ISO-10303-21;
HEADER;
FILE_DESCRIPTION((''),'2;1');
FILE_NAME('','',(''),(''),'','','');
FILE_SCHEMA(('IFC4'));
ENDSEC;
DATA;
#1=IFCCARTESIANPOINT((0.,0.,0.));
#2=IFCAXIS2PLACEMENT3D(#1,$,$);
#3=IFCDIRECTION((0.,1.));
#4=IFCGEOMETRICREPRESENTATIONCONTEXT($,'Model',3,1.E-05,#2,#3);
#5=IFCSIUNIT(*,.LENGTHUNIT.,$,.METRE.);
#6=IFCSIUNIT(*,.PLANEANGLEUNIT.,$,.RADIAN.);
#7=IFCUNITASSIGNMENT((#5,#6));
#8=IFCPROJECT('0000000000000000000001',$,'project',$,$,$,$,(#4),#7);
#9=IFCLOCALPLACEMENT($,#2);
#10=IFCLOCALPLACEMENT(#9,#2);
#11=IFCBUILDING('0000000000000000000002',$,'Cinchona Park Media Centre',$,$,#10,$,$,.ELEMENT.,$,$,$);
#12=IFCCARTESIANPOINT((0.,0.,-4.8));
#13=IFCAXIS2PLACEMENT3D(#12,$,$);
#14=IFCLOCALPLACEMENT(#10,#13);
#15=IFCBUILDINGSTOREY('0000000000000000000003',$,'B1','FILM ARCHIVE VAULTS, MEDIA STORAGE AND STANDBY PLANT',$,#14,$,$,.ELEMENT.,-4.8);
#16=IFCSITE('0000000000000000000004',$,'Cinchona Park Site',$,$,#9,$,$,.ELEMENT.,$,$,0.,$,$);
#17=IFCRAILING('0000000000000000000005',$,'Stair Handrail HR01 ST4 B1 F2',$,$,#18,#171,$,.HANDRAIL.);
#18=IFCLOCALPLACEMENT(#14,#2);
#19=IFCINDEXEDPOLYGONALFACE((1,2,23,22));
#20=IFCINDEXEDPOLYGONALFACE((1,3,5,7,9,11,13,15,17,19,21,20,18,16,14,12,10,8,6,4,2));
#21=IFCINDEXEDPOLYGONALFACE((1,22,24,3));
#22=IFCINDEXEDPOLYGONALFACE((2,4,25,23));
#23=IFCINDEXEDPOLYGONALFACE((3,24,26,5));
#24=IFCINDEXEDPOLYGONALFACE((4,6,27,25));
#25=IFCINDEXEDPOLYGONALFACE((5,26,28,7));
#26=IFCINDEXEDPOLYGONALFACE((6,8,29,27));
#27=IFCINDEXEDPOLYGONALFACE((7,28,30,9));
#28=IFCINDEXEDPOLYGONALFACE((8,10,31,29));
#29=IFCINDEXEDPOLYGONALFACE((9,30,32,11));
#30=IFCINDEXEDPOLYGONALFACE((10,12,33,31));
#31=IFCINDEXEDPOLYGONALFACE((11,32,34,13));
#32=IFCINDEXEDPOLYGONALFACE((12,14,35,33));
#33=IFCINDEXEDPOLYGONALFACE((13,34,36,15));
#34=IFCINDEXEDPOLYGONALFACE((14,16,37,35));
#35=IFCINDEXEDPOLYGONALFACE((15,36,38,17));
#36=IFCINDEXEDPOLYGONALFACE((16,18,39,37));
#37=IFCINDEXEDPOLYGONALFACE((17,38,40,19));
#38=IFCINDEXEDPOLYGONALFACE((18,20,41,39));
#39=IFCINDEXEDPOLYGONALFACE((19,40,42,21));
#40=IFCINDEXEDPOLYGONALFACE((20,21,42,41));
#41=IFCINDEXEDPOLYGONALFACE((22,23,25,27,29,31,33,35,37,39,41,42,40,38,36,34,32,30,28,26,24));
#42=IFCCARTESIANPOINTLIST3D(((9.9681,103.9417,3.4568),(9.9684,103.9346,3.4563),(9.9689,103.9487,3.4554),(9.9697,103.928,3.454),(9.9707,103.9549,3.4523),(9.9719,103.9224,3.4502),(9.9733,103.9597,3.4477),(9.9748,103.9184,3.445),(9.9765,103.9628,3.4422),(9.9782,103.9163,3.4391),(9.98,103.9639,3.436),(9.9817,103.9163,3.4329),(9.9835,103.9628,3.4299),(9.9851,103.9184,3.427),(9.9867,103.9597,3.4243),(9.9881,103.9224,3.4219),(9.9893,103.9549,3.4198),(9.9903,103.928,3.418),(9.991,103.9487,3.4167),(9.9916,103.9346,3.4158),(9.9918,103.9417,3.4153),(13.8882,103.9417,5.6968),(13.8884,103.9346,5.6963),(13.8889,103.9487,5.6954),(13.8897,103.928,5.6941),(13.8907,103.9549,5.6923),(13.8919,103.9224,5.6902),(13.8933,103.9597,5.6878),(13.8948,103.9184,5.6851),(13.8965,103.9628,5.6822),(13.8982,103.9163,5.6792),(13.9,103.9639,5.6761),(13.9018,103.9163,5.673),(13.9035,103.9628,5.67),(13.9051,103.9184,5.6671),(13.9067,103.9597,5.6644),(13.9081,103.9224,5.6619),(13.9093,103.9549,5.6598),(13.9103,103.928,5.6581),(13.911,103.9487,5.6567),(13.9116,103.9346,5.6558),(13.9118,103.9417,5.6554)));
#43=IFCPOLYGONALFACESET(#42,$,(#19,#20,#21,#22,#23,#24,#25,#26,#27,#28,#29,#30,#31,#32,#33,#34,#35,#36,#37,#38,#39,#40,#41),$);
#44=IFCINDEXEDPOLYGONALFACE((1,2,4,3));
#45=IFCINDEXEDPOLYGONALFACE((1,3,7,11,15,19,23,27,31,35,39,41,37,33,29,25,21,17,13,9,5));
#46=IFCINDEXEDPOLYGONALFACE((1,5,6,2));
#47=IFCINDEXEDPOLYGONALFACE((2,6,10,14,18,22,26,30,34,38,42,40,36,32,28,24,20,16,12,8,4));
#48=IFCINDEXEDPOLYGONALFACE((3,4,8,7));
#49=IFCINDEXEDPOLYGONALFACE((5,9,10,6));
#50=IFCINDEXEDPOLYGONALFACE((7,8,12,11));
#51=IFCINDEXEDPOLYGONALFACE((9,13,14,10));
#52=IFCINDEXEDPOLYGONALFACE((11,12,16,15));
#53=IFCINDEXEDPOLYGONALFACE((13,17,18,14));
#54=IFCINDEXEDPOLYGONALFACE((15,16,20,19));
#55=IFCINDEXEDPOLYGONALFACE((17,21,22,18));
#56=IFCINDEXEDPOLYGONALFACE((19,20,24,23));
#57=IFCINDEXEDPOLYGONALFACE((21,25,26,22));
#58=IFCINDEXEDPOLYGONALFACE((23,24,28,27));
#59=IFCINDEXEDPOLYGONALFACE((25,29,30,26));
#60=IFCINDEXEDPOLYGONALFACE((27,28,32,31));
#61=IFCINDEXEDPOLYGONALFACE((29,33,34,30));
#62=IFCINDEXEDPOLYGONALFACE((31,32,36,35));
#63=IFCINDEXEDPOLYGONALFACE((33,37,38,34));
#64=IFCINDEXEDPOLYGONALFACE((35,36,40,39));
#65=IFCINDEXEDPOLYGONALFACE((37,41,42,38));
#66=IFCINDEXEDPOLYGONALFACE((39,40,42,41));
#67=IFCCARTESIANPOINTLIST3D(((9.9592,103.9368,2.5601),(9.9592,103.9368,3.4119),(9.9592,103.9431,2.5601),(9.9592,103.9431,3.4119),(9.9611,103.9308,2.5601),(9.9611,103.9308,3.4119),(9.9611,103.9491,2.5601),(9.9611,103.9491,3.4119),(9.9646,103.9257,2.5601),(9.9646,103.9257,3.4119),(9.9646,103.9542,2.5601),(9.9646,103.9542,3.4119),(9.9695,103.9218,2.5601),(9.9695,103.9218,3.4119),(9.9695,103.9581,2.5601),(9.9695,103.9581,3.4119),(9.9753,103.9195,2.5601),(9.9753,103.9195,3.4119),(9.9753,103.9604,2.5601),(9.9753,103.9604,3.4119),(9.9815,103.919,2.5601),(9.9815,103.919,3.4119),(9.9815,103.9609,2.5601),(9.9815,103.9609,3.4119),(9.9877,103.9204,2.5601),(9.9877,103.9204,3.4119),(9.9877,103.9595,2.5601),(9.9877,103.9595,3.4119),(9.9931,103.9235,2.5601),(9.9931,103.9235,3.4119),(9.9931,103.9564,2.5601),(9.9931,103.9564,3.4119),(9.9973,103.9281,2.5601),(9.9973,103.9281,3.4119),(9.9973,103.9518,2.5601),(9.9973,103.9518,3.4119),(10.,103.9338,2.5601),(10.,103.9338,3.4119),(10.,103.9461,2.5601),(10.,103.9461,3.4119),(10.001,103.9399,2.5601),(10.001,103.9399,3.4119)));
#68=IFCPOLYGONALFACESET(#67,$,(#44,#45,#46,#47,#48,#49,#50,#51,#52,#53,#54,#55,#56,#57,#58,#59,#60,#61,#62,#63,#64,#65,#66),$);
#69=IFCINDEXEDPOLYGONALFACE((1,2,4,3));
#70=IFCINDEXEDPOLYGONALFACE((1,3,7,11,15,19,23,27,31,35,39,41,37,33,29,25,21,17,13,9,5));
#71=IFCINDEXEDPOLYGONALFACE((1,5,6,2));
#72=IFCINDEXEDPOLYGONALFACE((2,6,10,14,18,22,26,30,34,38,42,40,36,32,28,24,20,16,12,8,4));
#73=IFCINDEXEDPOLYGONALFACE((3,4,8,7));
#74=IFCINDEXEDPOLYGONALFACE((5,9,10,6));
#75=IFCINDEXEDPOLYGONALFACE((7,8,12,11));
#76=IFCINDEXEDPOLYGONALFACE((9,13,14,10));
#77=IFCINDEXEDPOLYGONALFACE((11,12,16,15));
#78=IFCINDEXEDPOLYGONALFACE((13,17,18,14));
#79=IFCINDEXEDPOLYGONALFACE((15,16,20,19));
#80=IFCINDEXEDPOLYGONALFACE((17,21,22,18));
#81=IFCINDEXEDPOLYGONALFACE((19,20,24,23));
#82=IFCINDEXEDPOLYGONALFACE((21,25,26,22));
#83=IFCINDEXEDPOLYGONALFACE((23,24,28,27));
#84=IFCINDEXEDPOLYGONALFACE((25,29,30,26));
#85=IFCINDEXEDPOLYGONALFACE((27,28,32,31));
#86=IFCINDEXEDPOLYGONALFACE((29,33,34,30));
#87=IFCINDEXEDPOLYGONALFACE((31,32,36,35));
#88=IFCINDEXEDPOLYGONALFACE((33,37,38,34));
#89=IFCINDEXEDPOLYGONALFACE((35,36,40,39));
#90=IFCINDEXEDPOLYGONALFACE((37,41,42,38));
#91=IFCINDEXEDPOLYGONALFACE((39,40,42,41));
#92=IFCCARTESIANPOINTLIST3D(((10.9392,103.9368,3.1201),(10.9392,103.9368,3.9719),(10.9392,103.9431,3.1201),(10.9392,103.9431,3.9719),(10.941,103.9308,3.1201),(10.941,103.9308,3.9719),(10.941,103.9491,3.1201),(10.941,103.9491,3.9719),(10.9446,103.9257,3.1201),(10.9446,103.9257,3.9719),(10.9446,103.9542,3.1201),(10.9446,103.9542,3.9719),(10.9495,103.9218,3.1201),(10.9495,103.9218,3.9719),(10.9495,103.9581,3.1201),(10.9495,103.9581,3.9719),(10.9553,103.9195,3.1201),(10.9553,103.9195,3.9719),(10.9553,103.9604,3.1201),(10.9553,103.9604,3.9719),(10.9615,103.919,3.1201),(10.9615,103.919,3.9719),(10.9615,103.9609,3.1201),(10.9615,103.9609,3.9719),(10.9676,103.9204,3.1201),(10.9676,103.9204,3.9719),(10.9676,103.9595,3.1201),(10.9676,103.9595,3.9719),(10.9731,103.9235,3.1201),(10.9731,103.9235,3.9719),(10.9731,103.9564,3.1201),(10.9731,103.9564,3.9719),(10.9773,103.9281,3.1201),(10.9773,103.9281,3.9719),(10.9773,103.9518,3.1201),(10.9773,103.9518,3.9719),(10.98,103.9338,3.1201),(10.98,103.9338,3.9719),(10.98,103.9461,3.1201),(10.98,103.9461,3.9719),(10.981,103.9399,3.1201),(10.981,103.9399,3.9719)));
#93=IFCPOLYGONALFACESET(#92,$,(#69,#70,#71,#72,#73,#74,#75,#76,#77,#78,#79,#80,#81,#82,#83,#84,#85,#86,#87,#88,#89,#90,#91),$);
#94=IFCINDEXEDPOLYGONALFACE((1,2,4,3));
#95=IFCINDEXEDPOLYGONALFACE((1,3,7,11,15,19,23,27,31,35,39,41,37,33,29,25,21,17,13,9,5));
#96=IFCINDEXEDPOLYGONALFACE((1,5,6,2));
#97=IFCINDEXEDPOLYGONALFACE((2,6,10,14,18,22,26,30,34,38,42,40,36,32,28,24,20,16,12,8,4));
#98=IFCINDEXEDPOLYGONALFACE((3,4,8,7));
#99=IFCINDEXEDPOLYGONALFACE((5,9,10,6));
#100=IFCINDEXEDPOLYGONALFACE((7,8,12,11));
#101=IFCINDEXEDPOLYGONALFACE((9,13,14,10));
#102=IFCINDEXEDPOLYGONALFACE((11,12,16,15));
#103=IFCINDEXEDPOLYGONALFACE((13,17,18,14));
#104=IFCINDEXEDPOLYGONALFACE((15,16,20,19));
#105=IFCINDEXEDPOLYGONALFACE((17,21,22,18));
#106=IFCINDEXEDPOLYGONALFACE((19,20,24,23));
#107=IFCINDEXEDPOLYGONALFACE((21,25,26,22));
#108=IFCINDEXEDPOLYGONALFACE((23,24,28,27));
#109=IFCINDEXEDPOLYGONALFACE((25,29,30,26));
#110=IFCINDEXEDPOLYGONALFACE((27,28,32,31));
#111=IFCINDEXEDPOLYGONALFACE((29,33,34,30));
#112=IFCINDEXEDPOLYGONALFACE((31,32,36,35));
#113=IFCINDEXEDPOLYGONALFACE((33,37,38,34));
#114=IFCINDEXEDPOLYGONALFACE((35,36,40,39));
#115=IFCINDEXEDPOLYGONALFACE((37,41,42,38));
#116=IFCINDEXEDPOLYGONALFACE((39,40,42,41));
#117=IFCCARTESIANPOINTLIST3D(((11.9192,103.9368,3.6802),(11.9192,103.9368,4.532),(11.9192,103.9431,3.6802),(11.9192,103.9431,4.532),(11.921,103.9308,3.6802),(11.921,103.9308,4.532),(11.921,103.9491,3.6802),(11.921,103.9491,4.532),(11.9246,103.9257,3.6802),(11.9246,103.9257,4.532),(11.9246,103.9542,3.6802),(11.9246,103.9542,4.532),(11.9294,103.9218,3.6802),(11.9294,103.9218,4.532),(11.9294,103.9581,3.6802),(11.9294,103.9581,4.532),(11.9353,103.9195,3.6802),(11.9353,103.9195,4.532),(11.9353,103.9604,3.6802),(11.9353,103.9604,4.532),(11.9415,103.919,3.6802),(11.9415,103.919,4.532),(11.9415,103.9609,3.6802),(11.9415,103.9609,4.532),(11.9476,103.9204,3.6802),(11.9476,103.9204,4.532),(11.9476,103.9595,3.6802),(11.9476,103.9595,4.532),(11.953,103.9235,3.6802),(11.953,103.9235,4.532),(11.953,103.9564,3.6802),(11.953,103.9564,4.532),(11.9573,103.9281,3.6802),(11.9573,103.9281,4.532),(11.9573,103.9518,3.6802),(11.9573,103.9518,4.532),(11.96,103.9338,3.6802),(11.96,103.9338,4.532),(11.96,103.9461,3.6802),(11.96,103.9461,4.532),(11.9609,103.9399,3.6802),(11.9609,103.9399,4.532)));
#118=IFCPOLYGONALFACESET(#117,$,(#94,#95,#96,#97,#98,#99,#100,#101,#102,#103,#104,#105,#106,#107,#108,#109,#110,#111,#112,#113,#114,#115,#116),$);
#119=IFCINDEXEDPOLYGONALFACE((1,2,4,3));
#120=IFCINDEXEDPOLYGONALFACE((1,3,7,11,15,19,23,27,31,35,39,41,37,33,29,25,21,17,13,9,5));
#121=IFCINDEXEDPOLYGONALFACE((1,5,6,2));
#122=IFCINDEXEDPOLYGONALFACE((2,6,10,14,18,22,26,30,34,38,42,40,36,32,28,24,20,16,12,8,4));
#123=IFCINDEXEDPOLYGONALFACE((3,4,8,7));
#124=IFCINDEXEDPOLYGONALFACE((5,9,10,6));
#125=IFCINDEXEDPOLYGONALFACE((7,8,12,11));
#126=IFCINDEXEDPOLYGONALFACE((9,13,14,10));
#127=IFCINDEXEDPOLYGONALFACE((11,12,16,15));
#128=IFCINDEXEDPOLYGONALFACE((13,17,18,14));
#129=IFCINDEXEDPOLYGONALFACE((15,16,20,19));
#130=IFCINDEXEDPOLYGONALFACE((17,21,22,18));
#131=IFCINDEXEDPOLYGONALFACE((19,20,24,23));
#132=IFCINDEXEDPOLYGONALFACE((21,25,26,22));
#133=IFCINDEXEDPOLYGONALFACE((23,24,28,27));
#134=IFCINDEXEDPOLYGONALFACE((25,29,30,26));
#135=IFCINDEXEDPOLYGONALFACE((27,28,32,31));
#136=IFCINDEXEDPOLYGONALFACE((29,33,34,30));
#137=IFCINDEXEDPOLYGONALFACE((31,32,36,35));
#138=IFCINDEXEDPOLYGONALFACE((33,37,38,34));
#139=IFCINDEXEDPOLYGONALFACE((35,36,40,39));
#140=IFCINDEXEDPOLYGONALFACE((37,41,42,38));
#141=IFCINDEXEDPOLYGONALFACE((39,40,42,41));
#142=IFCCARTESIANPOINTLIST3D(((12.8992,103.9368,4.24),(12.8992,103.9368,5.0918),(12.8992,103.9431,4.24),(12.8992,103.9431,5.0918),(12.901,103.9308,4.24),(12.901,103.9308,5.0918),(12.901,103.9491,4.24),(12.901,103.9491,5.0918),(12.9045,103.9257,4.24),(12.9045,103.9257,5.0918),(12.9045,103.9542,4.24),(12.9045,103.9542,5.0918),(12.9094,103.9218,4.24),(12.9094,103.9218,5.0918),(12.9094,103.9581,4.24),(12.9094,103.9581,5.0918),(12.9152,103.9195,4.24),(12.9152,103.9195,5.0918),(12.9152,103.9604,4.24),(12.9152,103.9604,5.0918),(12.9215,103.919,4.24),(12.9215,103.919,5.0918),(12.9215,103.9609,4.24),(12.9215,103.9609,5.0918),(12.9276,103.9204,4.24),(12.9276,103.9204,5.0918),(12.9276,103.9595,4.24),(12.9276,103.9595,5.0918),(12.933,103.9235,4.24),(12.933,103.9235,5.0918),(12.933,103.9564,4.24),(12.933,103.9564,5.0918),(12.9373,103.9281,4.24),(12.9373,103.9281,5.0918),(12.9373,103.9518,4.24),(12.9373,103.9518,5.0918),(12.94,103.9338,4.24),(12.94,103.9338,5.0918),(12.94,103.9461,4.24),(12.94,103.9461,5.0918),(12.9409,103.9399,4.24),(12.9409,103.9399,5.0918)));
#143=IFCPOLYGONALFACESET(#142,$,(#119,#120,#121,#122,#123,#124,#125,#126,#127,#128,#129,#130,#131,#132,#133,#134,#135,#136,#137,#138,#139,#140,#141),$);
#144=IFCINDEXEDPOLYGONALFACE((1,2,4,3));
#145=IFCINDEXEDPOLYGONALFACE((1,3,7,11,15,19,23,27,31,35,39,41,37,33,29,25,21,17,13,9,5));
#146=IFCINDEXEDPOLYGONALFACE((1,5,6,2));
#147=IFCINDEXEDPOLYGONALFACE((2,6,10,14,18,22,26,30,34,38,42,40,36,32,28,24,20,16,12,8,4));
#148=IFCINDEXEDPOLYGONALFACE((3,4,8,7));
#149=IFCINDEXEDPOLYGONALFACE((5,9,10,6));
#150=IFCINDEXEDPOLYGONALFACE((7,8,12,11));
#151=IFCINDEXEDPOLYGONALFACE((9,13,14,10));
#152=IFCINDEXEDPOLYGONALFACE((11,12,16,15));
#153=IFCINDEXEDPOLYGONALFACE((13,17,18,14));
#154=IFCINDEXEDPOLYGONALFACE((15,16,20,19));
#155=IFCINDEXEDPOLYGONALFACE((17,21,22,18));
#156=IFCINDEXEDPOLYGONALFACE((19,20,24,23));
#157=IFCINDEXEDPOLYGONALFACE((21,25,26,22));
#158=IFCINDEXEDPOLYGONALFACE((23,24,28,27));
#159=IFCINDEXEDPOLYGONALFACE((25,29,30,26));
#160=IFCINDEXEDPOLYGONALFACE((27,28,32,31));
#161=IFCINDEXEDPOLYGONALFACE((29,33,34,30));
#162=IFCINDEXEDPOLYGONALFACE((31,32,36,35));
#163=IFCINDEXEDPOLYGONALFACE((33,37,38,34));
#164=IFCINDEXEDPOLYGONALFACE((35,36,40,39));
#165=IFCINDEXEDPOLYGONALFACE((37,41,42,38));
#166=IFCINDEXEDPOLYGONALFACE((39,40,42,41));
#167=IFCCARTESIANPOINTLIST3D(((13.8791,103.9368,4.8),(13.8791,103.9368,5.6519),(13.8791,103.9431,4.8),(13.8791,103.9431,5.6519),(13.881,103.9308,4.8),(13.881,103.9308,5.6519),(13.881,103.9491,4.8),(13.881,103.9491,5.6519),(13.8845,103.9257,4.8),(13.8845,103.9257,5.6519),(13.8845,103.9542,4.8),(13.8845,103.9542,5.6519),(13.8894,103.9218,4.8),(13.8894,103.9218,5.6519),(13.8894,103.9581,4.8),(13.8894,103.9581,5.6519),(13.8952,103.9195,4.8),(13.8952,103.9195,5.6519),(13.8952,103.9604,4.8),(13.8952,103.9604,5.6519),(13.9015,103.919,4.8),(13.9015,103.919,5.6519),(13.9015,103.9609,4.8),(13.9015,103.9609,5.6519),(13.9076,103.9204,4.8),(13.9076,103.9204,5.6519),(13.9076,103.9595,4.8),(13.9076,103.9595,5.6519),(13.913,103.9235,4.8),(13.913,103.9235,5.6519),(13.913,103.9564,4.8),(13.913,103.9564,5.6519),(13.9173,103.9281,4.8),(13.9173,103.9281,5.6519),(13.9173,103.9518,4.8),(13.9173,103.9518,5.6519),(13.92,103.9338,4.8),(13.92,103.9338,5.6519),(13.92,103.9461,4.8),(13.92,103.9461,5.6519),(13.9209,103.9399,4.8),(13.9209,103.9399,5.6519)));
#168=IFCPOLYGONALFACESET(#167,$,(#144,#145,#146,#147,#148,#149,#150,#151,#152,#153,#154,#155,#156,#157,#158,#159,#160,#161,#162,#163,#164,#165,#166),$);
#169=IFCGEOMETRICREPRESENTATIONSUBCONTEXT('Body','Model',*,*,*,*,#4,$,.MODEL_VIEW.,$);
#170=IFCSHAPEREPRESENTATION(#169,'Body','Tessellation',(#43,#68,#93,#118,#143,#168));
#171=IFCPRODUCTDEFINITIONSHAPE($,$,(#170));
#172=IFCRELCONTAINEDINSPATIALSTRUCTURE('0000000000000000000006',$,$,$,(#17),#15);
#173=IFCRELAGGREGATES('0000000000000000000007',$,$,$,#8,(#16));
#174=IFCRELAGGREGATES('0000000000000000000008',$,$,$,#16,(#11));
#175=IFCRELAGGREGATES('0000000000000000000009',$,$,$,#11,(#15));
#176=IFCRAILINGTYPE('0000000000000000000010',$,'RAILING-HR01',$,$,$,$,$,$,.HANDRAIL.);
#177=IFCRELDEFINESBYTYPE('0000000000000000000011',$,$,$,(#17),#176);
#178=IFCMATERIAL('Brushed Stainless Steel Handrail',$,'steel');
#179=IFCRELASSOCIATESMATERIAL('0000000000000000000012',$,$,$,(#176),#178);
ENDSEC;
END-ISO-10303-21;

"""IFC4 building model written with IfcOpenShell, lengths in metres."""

from ifc_helpers import new_model, si_unit, direction, frame, origin, origin_2d, place, context, subcontext, project, spatial, circle, extrude, material, type_object, element, save


model = new_model("IFC4")

# Units and contexts
model_context = context("Model", 3, precision=1e-05, world=origin(), true_north=direction((0.0, 1.0)))
body_context = subcontext(model_context, "Body", "Model", "MODEL_VIEW")
ifc_project = project(units=[si_unit("LENGTHUNIT", "METRE"), si_unit("PLANEANGLEUNIT", "RADIAN")], contexts=[model_context])

# Site, building, storey
site_placement = place(None, origin())
site = spatial("IfcSite", under=ifc_project, at=site_placement, Name="Cinchona Park Site", CompositionType="ELEMENT", RefElevation=0.0)
building_placement = place(site_placement, origin())
building = spatial("IfcBuilding", under=site, at=building_placement, Name="Cinchona Park Media Centre", CompositionType="ELEMENT")
storey_placement = place(building_placement, frame((0.0, 0.0, -4.8)))
storey = spatial("IfcBuildingStorey", under=building, at=storey_placement, Name="B1", Description="FILM ARCHIVE VAULTS, MEDIA STORAGE AND STANDBY PLANT", CompositionType="ELEMENT", Elevation=-4.8)

# Railing
ifc_material_1 = material(Name="Brushed Stainless Steel Handrail", Category="steel")
railing_type_1 = type_object("IfcRailingType", Name="RAILING-HR01", PredefinedType="HANDRAIL", material=ifc_material_1)
railing_1_placement = place(storey_placement, frame((9.98, 103.9399, 2.5601)))
element("IfcRailing", 1, at=railing_1_placement, inside=storey, type_object=railing_type_1, Name="Stair Handrail HR01 ST4 B1 F2", PredefinedType="HANDRAIL", context=body_context, shape_type="SweptSolid", body=[
    extrude(circle(Radius=0.0239, at=origin_2d()), frame((0.0, 0.0, 0.876), z_axis=(0.86824, 0.0, 0.496145), x_axis=(0.0, 1.0, 0.0)), (0.0, 0.0, 1.0), 4.5149),
    extrude(circle(Radius=0.021, at=origin_2d()), origin(), (0.0, 0.0, 1.0), 0.8518),
    extrude(circle(Radius=0.021, at=origin_2d()), frame((0.98, 0.0, 0.5601)), (0.0, 0.0, 1.0), 0.8518),
    extrude(circle(Radius=0.021, at=origin_2d()), frame((1.96, 0.0, 1.1201)), (0.0, 0.0, 1.0), 0.8518),
    extrude(circle(Radius=0.021, at=origin_2d()), frame((2.9399, 0.0, 1.6799)), (0.0, 0.0, 1.0), 0.8518),
    extrude(circle(Radius=0.021, at=origin_2d()), frame((3.9199, 0.0, 2.24)), (0.0, 0.0, 1.0), 0.8518),
])

save(model, "model.ifc")
